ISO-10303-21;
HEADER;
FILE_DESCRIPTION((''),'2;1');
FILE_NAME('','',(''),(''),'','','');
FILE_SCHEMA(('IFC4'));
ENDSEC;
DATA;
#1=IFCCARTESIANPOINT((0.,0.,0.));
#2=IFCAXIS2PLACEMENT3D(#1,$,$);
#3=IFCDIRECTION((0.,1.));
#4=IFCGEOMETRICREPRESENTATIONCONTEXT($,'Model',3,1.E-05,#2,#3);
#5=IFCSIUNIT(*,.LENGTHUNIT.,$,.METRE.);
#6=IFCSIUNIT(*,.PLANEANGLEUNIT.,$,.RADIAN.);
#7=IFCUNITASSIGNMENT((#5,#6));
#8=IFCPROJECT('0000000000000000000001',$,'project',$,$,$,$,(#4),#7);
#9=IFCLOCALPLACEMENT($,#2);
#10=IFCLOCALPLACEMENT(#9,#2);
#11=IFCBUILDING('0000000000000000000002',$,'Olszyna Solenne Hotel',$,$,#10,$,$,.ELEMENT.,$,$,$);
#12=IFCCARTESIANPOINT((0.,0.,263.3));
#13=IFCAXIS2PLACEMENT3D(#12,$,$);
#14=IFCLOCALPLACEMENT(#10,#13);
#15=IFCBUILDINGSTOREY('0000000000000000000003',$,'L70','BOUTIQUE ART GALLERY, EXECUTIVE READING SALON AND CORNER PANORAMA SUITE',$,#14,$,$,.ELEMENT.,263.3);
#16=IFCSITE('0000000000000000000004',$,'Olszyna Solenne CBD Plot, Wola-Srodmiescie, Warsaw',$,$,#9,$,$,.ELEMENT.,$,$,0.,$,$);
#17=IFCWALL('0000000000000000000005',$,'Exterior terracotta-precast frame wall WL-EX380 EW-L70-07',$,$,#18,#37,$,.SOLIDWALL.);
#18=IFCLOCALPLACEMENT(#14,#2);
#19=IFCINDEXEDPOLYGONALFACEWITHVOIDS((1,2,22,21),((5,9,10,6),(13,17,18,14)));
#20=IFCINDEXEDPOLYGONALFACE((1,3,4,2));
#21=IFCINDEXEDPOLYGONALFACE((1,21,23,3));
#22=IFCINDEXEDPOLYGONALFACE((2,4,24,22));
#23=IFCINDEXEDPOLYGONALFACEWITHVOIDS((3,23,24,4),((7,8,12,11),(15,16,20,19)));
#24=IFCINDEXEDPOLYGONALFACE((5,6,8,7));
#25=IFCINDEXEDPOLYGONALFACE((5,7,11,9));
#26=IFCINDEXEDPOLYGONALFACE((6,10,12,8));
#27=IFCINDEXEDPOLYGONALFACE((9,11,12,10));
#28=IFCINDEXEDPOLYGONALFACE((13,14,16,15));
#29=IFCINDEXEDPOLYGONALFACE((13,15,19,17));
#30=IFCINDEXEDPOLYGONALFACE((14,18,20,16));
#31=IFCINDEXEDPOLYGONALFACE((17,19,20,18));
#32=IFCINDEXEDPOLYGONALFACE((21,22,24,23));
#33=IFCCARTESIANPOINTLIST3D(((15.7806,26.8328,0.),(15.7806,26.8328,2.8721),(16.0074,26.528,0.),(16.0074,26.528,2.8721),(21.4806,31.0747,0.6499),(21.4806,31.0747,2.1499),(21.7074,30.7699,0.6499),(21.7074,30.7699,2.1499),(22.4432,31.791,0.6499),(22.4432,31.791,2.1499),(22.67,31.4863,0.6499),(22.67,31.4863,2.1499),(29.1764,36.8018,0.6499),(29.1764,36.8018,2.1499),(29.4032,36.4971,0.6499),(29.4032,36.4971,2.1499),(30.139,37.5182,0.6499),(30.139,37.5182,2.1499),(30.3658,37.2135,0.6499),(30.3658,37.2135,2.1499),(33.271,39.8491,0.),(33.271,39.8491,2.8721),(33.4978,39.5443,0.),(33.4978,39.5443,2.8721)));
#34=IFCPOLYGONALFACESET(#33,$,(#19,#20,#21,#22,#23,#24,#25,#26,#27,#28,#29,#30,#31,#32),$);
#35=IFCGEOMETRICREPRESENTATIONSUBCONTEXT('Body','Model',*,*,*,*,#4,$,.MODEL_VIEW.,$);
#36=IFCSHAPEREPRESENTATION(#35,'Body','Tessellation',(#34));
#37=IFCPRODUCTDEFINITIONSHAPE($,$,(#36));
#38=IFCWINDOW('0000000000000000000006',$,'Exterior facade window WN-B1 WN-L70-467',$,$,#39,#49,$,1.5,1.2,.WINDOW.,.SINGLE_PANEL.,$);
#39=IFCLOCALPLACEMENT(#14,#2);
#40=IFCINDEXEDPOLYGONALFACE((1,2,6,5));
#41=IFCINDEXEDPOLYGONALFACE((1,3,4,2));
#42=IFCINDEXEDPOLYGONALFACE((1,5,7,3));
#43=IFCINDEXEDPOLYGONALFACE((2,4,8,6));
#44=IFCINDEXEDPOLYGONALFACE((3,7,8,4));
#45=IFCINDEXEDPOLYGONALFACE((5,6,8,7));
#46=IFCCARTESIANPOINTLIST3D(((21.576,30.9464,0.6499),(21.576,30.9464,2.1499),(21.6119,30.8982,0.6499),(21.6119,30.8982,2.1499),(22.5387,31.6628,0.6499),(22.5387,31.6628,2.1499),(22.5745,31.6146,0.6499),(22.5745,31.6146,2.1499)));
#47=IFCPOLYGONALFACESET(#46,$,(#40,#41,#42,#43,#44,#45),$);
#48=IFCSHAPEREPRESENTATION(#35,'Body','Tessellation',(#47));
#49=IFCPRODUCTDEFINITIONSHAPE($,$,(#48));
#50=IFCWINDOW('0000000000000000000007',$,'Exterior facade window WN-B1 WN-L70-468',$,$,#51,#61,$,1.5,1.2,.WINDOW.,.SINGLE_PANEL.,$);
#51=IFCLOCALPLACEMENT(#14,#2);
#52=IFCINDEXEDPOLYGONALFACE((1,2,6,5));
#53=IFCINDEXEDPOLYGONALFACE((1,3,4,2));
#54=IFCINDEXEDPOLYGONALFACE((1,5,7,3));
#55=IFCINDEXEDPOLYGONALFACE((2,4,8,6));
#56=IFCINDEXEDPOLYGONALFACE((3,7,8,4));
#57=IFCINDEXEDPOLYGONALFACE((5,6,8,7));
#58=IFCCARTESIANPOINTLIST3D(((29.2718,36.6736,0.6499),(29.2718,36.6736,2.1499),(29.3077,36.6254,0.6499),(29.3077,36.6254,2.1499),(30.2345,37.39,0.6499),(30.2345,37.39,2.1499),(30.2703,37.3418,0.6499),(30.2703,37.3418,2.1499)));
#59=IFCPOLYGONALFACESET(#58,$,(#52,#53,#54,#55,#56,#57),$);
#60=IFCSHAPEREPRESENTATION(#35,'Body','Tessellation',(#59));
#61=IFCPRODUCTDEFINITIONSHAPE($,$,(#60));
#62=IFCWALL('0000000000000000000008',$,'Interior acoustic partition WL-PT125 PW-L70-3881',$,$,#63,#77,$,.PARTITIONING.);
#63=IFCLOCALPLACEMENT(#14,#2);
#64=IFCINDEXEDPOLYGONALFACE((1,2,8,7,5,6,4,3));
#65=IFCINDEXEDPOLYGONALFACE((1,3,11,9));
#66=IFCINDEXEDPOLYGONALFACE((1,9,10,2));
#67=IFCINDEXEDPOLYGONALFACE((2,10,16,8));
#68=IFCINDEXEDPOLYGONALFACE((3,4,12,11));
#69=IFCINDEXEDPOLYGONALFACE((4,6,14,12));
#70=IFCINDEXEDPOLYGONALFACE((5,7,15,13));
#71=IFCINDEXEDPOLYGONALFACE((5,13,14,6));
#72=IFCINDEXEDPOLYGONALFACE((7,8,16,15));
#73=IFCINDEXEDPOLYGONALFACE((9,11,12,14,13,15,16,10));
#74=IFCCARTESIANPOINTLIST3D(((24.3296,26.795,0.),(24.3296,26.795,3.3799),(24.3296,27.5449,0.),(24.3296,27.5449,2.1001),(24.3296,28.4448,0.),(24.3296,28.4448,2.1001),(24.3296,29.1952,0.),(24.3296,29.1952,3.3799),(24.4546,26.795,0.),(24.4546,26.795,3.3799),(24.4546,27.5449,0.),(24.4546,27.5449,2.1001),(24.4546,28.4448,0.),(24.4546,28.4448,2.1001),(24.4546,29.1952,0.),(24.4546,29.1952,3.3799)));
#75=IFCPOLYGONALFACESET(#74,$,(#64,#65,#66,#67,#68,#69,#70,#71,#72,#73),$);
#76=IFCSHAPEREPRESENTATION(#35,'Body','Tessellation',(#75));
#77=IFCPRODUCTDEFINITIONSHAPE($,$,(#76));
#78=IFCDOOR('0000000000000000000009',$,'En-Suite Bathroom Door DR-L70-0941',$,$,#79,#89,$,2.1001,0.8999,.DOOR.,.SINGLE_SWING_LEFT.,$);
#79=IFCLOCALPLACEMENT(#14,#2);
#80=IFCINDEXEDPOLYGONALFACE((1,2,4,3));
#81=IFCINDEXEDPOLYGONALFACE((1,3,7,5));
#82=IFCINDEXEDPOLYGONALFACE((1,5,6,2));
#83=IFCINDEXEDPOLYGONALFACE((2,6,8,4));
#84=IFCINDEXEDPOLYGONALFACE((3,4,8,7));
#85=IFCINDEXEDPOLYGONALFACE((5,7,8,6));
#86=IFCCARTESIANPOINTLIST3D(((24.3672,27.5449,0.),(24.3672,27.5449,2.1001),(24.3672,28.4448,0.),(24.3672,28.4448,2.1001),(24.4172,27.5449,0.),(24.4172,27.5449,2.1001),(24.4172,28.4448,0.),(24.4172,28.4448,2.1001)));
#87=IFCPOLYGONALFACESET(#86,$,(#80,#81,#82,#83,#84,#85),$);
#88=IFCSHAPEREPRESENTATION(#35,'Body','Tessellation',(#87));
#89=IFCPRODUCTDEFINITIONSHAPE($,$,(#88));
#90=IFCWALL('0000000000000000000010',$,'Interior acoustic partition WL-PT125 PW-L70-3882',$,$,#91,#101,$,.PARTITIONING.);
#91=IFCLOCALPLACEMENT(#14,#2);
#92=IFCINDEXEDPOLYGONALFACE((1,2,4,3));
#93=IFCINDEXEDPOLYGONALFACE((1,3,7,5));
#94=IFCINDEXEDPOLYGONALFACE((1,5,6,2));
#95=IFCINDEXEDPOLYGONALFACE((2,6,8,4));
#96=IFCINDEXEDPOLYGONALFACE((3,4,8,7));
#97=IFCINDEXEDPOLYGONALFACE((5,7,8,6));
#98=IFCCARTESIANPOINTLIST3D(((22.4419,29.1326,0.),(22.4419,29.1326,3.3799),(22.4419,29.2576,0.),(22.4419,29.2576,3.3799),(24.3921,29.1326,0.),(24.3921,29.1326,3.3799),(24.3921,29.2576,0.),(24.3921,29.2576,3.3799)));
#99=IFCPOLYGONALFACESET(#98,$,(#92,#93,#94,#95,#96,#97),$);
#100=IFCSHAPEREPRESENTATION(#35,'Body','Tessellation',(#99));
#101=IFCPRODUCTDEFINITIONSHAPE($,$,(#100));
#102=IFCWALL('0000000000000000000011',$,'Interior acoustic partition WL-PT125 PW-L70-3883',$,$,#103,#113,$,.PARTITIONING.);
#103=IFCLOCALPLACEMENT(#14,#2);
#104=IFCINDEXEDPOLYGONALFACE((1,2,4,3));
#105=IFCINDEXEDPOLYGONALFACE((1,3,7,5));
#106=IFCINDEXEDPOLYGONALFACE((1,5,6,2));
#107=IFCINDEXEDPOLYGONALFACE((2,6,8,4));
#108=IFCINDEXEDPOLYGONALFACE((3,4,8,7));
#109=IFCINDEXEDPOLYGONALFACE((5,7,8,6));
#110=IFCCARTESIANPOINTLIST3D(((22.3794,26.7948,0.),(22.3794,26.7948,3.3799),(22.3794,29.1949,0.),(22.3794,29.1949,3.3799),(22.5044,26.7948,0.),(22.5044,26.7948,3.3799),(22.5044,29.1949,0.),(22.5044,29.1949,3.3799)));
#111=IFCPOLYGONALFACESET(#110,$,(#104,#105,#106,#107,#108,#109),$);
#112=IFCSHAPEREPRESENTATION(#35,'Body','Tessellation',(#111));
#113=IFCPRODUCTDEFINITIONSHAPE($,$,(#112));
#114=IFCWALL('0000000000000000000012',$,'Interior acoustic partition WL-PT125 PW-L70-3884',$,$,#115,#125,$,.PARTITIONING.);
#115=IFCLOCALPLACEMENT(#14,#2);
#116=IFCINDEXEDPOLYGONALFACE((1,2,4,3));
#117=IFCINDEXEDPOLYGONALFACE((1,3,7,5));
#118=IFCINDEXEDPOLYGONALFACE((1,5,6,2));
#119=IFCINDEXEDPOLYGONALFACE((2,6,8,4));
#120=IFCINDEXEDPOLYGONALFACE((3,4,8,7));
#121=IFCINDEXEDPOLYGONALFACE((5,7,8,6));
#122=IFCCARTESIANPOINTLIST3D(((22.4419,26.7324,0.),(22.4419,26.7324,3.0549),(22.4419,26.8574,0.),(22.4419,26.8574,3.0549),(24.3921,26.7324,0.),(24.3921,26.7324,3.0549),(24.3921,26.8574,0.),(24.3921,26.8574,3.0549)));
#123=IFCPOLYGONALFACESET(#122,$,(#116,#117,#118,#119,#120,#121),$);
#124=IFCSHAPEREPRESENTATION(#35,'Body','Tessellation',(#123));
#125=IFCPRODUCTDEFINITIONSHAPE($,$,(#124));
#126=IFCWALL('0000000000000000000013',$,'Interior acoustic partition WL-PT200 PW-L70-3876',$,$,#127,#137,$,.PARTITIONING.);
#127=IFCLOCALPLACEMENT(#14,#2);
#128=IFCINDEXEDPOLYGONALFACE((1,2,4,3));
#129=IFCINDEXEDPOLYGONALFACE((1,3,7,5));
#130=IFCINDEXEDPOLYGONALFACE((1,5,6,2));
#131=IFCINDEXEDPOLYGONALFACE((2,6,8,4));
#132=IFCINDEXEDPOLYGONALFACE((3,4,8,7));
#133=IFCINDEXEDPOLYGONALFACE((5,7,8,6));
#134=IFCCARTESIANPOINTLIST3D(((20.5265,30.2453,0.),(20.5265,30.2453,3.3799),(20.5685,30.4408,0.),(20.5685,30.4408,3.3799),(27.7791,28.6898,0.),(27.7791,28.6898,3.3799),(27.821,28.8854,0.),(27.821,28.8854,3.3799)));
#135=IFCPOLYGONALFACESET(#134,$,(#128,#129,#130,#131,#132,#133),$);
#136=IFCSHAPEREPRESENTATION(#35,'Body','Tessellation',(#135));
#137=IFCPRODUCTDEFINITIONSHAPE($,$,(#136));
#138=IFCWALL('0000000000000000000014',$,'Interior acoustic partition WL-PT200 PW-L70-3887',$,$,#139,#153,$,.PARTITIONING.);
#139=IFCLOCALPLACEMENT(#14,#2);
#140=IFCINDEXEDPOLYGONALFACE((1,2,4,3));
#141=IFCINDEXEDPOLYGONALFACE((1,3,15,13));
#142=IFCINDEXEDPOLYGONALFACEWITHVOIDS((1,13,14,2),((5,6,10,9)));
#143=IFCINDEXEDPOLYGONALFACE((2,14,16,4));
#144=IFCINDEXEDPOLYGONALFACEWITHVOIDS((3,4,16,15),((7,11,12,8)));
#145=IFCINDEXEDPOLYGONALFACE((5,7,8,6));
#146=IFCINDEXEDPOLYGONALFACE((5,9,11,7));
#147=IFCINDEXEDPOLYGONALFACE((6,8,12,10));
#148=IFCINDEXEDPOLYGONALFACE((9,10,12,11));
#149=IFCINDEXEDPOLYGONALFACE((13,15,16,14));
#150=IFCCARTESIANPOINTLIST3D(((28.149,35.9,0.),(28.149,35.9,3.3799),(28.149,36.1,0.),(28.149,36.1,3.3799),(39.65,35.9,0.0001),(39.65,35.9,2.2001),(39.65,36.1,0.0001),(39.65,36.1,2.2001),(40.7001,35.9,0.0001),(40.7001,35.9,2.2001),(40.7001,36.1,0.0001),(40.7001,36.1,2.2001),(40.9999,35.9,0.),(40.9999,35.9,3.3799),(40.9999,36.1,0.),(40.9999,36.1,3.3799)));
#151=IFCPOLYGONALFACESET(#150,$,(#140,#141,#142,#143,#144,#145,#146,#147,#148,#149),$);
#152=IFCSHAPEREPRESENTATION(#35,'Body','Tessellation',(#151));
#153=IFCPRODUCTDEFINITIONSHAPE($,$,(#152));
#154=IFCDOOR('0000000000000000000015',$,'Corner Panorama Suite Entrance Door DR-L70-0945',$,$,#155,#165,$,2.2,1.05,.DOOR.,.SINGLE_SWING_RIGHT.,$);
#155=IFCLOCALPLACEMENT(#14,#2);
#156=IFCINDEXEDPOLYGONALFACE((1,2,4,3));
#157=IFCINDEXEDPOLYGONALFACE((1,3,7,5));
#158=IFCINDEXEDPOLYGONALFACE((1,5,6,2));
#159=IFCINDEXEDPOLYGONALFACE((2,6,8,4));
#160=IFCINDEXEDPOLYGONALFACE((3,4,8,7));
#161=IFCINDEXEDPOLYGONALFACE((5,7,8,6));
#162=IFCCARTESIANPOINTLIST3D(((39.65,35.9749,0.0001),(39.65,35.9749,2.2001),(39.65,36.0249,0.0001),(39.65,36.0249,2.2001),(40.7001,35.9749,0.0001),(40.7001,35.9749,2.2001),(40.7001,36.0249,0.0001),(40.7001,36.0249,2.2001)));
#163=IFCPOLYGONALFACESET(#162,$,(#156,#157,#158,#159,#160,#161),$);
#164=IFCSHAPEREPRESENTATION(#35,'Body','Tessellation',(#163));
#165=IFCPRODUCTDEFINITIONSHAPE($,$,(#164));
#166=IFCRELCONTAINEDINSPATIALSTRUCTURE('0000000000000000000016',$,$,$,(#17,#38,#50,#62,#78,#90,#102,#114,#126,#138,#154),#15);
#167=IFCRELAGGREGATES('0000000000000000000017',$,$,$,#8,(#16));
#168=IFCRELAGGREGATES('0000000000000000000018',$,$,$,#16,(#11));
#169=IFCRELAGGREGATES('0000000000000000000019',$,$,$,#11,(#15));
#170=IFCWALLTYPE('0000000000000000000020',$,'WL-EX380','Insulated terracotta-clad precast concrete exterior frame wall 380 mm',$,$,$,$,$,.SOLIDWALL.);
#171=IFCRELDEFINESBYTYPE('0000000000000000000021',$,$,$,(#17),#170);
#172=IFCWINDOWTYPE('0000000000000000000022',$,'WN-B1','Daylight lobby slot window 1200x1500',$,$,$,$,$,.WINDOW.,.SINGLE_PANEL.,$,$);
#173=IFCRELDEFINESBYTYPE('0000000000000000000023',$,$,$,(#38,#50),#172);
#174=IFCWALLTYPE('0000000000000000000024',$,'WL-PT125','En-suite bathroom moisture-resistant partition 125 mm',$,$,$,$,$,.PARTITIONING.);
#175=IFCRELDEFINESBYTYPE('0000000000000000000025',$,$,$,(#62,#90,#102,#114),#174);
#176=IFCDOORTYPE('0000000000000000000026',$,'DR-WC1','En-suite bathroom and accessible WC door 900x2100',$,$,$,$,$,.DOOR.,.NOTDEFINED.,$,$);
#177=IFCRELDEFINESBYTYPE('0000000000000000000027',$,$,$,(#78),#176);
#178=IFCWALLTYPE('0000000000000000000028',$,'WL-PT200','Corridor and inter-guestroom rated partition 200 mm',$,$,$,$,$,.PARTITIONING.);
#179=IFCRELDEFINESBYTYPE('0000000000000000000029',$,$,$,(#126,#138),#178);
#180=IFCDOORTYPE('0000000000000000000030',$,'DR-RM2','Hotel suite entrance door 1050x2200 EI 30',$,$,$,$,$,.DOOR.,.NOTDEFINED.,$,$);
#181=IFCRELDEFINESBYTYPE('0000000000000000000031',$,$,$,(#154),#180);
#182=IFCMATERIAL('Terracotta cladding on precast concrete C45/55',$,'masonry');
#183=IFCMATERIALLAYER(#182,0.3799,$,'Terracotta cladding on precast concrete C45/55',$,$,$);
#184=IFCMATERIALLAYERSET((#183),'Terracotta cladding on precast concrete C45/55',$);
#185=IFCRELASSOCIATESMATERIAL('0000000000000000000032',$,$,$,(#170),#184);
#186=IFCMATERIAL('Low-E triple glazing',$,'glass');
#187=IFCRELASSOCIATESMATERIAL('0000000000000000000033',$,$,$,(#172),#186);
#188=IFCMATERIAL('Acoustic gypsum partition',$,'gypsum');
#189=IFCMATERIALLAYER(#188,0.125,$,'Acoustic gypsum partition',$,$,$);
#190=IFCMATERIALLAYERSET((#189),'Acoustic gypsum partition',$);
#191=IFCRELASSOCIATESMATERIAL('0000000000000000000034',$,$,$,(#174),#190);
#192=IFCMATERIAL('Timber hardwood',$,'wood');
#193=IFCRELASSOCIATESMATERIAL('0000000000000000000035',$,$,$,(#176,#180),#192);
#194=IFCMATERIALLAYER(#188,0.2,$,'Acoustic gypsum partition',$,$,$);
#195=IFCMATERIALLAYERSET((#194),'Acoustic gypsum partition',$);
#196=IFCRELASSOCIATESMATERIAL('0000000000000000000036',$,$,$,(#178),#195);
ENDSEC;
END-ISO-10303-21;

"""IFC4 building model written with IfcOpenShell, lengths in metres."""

from ifc_helpers import new_model, si_unit, direction, frame, frame_2d, origin, place, context, subcontext, project, spatial, rectangle, extrude, source, transform, mapped, material, layer, layer_set, type_object, type_shapes, element, fill, save


model = new_model("IFC4")

# Units and contexts
model_context = context("Model", 3, precision=1e-05, world=origin(), true_north=direction((0.0, 1.0)))
body_context = subcontext(model_context, "Body", "Model", "MODEL_VIEW")
ifc_project = project(units=[si_unit("LENGTHUNIT", "METRE"), si_unit("PLANEANGLEUNIT", "RADIAN")], contexts=[model_context])

# Site, building, storey
site_placement = place(None, origin())
site = spatial("IfcSite", under=ifc_project, at=site_placement, Name="Olszyna Solenne CBD Plot, Wola-Srodmiescie, Warsaw", CompositionType="ELEMENT", RefElevation=0.0)
building_placement = place(site_placement, origin())
building = spatial("IfcBuilding", under=site, at=building_placement, Name="Olszyna Solenne Hotel", CompositionType="ELEMENT")
storey_placement = place(building_placement, frame((0.0, 0.0, 263.3)))
storey = spatial("IfcBuildingStorey", under=building, at=storey_placement, Name="L70", Description="BOUTIQUE ART GALLERY, EXECUTIVE READING SALON AND CORNER PANORAMA SUITE", CompositionType="ELEMENT", Elevation=263.3)

# Shared definitions
ifc_material_1 = material(Name="Terracotta cladding on precast concrete C45/55", Category="masonry")
ifc_layer_1 = layer(ifc_material_1, 0.3799, Name="Terracotta cladding on precast concrete C45/55")
ifc_layer_set_1 = layer_set([ifc_layer_1], Name="Terracotta cladding on precast concrete C45/55")
wall_type_1 = type_object("IfcWallType", Name="WL-EX380", Description="Insulated terracotta-clad precast concrete exterior frame wall 380 mm", PredefinedType="SOLIDWALL", material=ifc_layer_set_1)

# Wall, openings, windows
wall_1_placement = place(storey_placement, frame((15.894, 26.6804, 0.0), z_axis=(0.0, 0.0, 1.0), x_axis=(0.802229, 0.597016, 0.0)))
wall_1 = element("IfcWall", 1, at=wall_1_placement, inside=storey, type_object=wall_type_1, Name="Exterior terracotta-precast frame wall WL-EX380 EW-L70-07", PredefinedType="SOLIDWALL", context=body_context, shape_type="SweptSolid", body=[
    extrude(rectangle(XDim=21.8022, YDim=0.3799, at=frame_2d((10.9011, 0.0))), origin(), (0.0, 0.0, 1.0), 2.8721),
])
opening_1_placement = place(wall_1_placement, frame((7.105, 0.0, 0.6499)))
opening_1 = element("IfcOpeningElement", 2, at=opening_1_placement, cuts=wall_1, PredefinedType="OPENING", context=body_context, shape_type="SweptSolid", body=[
    extrude(rectangle(XDim=1.2, YDim=1.5, at=frame_2d((0.6001, 0.75))), frame((0.0, 0.2, 0.0), z_axis=(0.0, -1.0, 0.0), x_axis=(1.0, 0.0, 0.0)), (0.0, 0.0, 1.0), 0.3999),
])
opening_2_placement = place(wall_1_placement, frame((16.698, 0.0, 0.6499)))
opening_2 = element("IfcOpeningElement", 3, at=opening_2_placement, cuts=wall_1, PredefinedType="OPENING", context=body_context, shape_type="SweptSolid", body=[
    extrude(rectangle(XDim=1.2, YDim=1.5, at=frame_2d((0.6001, 0.75))), frame((0.0, 0.2, 0.0), z_axis=(0.0, -1.0, 0.0), x_axis=(1.0, 0.0, 0.0)), (0.0, 0.0, 1.0), 0.3999),
])
ifc_material_2 = material(Name="Low-E triple glazing", Category="glass")
window_type = type_object("IfcWindowType", Name="WN-B1", Description="Daylight lobby slot window 1200x1500", PartitioningType="SINGLE_PANEL", PredefinedType="WINDOW", material=ifc_material_2)
shared_shape_1 = source(origin(), body_context, "Body", "SweptSolid", [
    extrude(rectangle(XDim=1.2, YDim=1.5, at=frame_2d((0.6001, 0.75))), frame((0.0, 0.03, 0.0), z_axis=(0.0, -1.0, 0.0), x_axis=(1.0, 0.0, 0.0)), (0.0, 0.0, 1.0), 0.0601),
])
type_shapes(window_type, [shared_shape_1])
window_1_placement = place(opening_1_placement, origin())
window_1 = element("IfcWindow", 4, at=window_1_placement, inside=storey, type_object=window_type, Name="Exterior facade window WN-B1 WN-L70-467", OverallHeight=1.5, OverallWidth=1.2, PartitioningType="SINGLE_PANEL", PredefinedType="WINDOW", context=body_context, shape_type="MappedRepresentation", body=[
    mapped(shared_shape_1, transform((0.0, 0.0, 0.0), x_axis=(1.0, 0.0, 0.0), y_axis=(0.0, 1.0, 0.0), z_axis=(0.0, 0.0, 1.0), scale=1.0)),
])
fill(opening_1, window_1)
window_2_placement = place(opening_2_placement, origin())
window_2 = element("IfcWindow", 5, at=window_2_placement, inside=storey, type_object=window_type, Name="Exterior facade window WN-B1 WN-L70-468", OverallHeight=1.5, OverallWidth=1.2, PartitioningType="SINGLE_PANEL", PredefinedType="WINDOW", context=body_context, shape_type="MappedRepresentation", body=[
    mapped(shared_shape_1, transform((0.0, 0.0, 0.0), x_axis=(1.0, 0.0, 0.0), y_axis=(0.0, 1.0, 0.0), z_axis=(0.0, 0.0, 1.0), scale=1.0)),
])
fill(opening_2, window_2)

# Wall, opening, door
ifc_material_3 = material(Name="Acoustic gypsum partition", Category="gypsum")
ifc_layer_2 = layer(ifc_material_3, 0.125, Name="Acoustic gypsum partition")
ifc_layer_set_2 = layer_set([ifc_layer_2], Name="Acoustic gypsum partition")
wall_type_2 = type_object("IfcWallType", Name="WL-PT125", Description="En-suite bathroom moisture-resistant partition 125 mm", PredefinedType="PARTITIONING", material=ifc_layer_set_2)
wall_2_placement = place(storey_placement, frame((24.3921, 26.7949, 0.0), z_axis=(0.0, 0.0, 1.0), x_axis=(0.0, 1.0, 0.0)))
wall_2 = element("IfcWall", 6, at=wall_2_placement, inside=storey, type_object=wall_type_2, Name="Interior acoustic partition WL-PT125 PW-L70-3881", PredefinedType="PARTITIONING", context=body_context, shape_type="SweptSolid", body=[
    extrude(rectangle(XDim=2.4001, YDim=0.125, at=frame_2d((1.2002, 0.0))), origin(), (0.0, 0.0, 1.0), 3.3799),
])
opening_3_placement = place(wall_2_placement, frame((0.75, 0.0, 0.0)))
opening_3 = element("IfcOpeningElement", 7, at=opening_3_placement, cuts=wall_2, PredefinedType="OPENING", context=body_context, shape_type="SweptSolid", body=[
    extrude(rectangle(XDim=0.8999, YDim=2.1001, at=frame_2d((0.45, 1.05))), frame((0.0, 0.0725, 0.0), z_axis=(0.0, -1.0, 0.0), x_axis=(1.0, 0.0, 0.0)), (0.0, 0.0, 1.0), 0.145),
])
ifc_material_4 = material(Name="Timber hardwood", Category="wood")
door_type_1 = type_object("IfcDoorType", Name="DR-WC1", Description="En-suite bathroom and accessible WC door 900x2100", OperationType="NOTDEFINED", PredefinedType="DOOR", material=ifc_material_4)
shared_shape_2 = source(origin(), body_context, "Body", "SweptSolid", [
    extrude(rectangle(XDim=0.8999, YDim=2.1001, at=frame_2d((0.45, 1.05))), frame((0.0, 0.0249, 0.0), z_axis=(0.0, -1.0, 0.0), x_axis=(1.0, 0.0, 0.0)), (0.0, 0.0, 1.0), 0.05),
])
type_shapes(door_type_1, [shared_shape_2])
door_1_placement = place(opening_3_placement, origin())
door_1 = element("IfcDoor", 8, at=door_1_placement, inside=storey, type_object=door_type_1, Name="En-Suite Bathroom Door DR-L70-0941", OperationType="SINGLE_SWING_LEFT", OverallHeight=2.1001, OverallWidth=0.8999, PredefinedType="DOOR", context=body_context, shape_type="MappedRepresentation", body=[
    mapped(shared_shape_2, transform((0.0, 0.0, 0.0), x_axis=(1.0, 0.0, 0.0), y_axis=(0.0, 1.0, 0.0), z_axis=(0.0, 0.0, 1.0), scale=1.0)),
])
fill(opening_3, door_1)

# Walls
wall_3_placement = place(storey_placement, frame((24.3921, 29.1951, 0.0), z_axis=(0.0, 0.0, 1.0), x_axis=(-1.0, 0.0, 0.0)))
element("IfcWall", 9, at=wall_3_placement, inside=storey, type_object=wall_type_2, Name="Interior acoustic partition WL-PT125 PW-L70-3882", PredefinedType="PARTITIONING", context=body_context, shape_type="SweptSolid", body=[
    extrude(rectangle(XDim=1.9502, YDim=0.125, at=frame_2d((0.9751, 0.0))), origin(), (0.0, 0.0, 1.0), 3.3799),
])
wall_4_placement = place(storey_placement, frame((22.4419, 29.1951, 0.0), z_axis=(0.0, 0.0, 1.0), x_axis=(0.0, -1.0, 0.0)))
element("IfcWall", 10, at=wall_4_placement, inside=storey, type_object=wall_type_2, Name="Interior acoustic partition WL-PT125 PW-L70-3883", PredefinedType="PARTITIONING", context=body_context, shape_type="SweptSolid", body=[
    extrude(rectangle(XDim=2.4001, YDim=0.125, at=frame_2d((1.2002, 0.0))), origin(), (0.0, 0.0, 1.0), 3.3799),
])
wall_5_placement = place(storey_placement, frame((22.4419, 26.7949, 0.0), z_axis=(0.0, 0.0, 1.0), x_axis=(1.0, 0.0, 0.0)))
element("IfcWall", 11, at=wall_5_placement, inside=storey, type_object=wall_type_2, Name="Interior acoustic partition WL-PT125 PW-L70-3884", PredefinedType="PARTITIONING", context=body_context, shape_type="SweptSolid", body=[
    extrude(rectangle(XDim=1.9502, YDim=0.125, at=frame_2d((0.9751, 0.0))), origin(), (0.0, 0.0, 1.0), 3.0549),
])
ifc_layer_3 = layer(ifc_material_3, 0.2, Name="Acoustic gypsum partition")
ifc_layer_set_3 = layer_set([ifc_layer_3], Name="Acoustic gypsum partition")
wall_type_3 = type_object("IfcWallType", Name="WL-PT200", Description="Corridor and inter-guestroom rated partition 200 mm", PredefinedType="PARTITIONING", material=ifc_layer_set_3)
wall_6_placement = place(storey_placement, frame((27.8, 28.7876, 0.0), z_axis=(0.0, 0.0, 1.0), x_axis=(-0.977766, 0.2097, 0.0)))
element("IfcWall", 12, at=wall_6_placement, inside=storey, type_object=wall_type_3, Name="Interior acoustic partition WL-PT200 PW-L70-3876", PredefinedType="PARTITIONING", context=body_context, shape_type="SweptSolid", body=[
    extrude(rectangle(XDim=7.4175, YDim=0.2, at=frame_2d((3.7087, 0.0))), origin(), (0.0, 0.0, 1.0), 3.3799),
])

# Wall, opening, door
wall_7_placement = place(storey_placement, frame((28.1492, 36.0, 0.0), z_axis=(0.0, 0.0, 1.0), x_axis=(1.0, 0.0, 0.0)))
wall_7 = element("IfcWall", 13, at=wall_7_placement, inside=storey, type_object=wall_type_3, Name="Interior acoustic partition WL-PT200 PW-L70-3887", PredefinedType="PARTITIONING", context=body_context, shape_type="SweptSolid", body=[
    extrude(rectangle(XDim=12.8508, YDim=0.2, at=frame_2d((6.4253, 0.0))), origin(), (0.0, 0.0, 1.0), 3.3799),
])
opening_4_placement = place(wall_7_placement, frame((11.501, 0.0, 0.0)))
opening_4 = element("IfcOpeningElement", 14, at=opening_4_placement, cuts=wall_7, PredefinedType="OPENING", context=body_context, shape_type="SweptSolid", body=[
    extrude(rectangle(XDim=1.05, YDim=2.2, at=frame_2d((0.5249, 1.1001))), frame((0.0, 0.1099, 0.0), z_axis=(0.0, -1.0, 0.0), x_axis=(1.0, 0.0, 0.0)), (0.0, 0.0, 1.0), 0.22),
])
door_type_2 = type_object("IfcDoorType", Name="DR-RM2", Description="Hotel suite entrance door 1050x2200 EI 30", OperationType="NOTDEFINED", PredefinedType="DOOR", material=ifc_material_4)
shared_shape_3 = source(origin(), body_context, "Body", "SweptSolid", [
    extrude(rectangle(XDim=1.05, YDim=2.2, at=frame_2d((0.5249, 1.1001))), frame((0.0, 0.0249, 0.0), z_axis=(0.0, -1.0, 0.0), x_axis=(1.0, 0.0, 0.0)), (0.0, 0.0, 1.0), 0.05),
])
type_shapes(door_type_2, [shared_shape_3])
door_2_placement = place(opening_4_placement, origin())
door_2 = element("IfcDoor", 15, at=door_2_placement, inside=storey, type_object=door_type_2, Name="Corner Panorama Suite Entrance Door DR-L70-0945", OperationType="SINGLE_SWING_RIGHT", OverallHeight=2.2, OverallWidth=1.05, PredefinedType="DOOR", context=body_context, shape_type="MappedRepresentation", body=[
    mapped(shared_shape_3, transform((0.0, 0.0, 0.0), x_axis=(1.0, 0.0, 0.0), y_axis=(0.0, 1.0, 0.0), z_axis=(0.0, 0.0, 1.0), scale=1.0)),
])
fill(opening_4, door_2)

save(model, "model.ifc")
